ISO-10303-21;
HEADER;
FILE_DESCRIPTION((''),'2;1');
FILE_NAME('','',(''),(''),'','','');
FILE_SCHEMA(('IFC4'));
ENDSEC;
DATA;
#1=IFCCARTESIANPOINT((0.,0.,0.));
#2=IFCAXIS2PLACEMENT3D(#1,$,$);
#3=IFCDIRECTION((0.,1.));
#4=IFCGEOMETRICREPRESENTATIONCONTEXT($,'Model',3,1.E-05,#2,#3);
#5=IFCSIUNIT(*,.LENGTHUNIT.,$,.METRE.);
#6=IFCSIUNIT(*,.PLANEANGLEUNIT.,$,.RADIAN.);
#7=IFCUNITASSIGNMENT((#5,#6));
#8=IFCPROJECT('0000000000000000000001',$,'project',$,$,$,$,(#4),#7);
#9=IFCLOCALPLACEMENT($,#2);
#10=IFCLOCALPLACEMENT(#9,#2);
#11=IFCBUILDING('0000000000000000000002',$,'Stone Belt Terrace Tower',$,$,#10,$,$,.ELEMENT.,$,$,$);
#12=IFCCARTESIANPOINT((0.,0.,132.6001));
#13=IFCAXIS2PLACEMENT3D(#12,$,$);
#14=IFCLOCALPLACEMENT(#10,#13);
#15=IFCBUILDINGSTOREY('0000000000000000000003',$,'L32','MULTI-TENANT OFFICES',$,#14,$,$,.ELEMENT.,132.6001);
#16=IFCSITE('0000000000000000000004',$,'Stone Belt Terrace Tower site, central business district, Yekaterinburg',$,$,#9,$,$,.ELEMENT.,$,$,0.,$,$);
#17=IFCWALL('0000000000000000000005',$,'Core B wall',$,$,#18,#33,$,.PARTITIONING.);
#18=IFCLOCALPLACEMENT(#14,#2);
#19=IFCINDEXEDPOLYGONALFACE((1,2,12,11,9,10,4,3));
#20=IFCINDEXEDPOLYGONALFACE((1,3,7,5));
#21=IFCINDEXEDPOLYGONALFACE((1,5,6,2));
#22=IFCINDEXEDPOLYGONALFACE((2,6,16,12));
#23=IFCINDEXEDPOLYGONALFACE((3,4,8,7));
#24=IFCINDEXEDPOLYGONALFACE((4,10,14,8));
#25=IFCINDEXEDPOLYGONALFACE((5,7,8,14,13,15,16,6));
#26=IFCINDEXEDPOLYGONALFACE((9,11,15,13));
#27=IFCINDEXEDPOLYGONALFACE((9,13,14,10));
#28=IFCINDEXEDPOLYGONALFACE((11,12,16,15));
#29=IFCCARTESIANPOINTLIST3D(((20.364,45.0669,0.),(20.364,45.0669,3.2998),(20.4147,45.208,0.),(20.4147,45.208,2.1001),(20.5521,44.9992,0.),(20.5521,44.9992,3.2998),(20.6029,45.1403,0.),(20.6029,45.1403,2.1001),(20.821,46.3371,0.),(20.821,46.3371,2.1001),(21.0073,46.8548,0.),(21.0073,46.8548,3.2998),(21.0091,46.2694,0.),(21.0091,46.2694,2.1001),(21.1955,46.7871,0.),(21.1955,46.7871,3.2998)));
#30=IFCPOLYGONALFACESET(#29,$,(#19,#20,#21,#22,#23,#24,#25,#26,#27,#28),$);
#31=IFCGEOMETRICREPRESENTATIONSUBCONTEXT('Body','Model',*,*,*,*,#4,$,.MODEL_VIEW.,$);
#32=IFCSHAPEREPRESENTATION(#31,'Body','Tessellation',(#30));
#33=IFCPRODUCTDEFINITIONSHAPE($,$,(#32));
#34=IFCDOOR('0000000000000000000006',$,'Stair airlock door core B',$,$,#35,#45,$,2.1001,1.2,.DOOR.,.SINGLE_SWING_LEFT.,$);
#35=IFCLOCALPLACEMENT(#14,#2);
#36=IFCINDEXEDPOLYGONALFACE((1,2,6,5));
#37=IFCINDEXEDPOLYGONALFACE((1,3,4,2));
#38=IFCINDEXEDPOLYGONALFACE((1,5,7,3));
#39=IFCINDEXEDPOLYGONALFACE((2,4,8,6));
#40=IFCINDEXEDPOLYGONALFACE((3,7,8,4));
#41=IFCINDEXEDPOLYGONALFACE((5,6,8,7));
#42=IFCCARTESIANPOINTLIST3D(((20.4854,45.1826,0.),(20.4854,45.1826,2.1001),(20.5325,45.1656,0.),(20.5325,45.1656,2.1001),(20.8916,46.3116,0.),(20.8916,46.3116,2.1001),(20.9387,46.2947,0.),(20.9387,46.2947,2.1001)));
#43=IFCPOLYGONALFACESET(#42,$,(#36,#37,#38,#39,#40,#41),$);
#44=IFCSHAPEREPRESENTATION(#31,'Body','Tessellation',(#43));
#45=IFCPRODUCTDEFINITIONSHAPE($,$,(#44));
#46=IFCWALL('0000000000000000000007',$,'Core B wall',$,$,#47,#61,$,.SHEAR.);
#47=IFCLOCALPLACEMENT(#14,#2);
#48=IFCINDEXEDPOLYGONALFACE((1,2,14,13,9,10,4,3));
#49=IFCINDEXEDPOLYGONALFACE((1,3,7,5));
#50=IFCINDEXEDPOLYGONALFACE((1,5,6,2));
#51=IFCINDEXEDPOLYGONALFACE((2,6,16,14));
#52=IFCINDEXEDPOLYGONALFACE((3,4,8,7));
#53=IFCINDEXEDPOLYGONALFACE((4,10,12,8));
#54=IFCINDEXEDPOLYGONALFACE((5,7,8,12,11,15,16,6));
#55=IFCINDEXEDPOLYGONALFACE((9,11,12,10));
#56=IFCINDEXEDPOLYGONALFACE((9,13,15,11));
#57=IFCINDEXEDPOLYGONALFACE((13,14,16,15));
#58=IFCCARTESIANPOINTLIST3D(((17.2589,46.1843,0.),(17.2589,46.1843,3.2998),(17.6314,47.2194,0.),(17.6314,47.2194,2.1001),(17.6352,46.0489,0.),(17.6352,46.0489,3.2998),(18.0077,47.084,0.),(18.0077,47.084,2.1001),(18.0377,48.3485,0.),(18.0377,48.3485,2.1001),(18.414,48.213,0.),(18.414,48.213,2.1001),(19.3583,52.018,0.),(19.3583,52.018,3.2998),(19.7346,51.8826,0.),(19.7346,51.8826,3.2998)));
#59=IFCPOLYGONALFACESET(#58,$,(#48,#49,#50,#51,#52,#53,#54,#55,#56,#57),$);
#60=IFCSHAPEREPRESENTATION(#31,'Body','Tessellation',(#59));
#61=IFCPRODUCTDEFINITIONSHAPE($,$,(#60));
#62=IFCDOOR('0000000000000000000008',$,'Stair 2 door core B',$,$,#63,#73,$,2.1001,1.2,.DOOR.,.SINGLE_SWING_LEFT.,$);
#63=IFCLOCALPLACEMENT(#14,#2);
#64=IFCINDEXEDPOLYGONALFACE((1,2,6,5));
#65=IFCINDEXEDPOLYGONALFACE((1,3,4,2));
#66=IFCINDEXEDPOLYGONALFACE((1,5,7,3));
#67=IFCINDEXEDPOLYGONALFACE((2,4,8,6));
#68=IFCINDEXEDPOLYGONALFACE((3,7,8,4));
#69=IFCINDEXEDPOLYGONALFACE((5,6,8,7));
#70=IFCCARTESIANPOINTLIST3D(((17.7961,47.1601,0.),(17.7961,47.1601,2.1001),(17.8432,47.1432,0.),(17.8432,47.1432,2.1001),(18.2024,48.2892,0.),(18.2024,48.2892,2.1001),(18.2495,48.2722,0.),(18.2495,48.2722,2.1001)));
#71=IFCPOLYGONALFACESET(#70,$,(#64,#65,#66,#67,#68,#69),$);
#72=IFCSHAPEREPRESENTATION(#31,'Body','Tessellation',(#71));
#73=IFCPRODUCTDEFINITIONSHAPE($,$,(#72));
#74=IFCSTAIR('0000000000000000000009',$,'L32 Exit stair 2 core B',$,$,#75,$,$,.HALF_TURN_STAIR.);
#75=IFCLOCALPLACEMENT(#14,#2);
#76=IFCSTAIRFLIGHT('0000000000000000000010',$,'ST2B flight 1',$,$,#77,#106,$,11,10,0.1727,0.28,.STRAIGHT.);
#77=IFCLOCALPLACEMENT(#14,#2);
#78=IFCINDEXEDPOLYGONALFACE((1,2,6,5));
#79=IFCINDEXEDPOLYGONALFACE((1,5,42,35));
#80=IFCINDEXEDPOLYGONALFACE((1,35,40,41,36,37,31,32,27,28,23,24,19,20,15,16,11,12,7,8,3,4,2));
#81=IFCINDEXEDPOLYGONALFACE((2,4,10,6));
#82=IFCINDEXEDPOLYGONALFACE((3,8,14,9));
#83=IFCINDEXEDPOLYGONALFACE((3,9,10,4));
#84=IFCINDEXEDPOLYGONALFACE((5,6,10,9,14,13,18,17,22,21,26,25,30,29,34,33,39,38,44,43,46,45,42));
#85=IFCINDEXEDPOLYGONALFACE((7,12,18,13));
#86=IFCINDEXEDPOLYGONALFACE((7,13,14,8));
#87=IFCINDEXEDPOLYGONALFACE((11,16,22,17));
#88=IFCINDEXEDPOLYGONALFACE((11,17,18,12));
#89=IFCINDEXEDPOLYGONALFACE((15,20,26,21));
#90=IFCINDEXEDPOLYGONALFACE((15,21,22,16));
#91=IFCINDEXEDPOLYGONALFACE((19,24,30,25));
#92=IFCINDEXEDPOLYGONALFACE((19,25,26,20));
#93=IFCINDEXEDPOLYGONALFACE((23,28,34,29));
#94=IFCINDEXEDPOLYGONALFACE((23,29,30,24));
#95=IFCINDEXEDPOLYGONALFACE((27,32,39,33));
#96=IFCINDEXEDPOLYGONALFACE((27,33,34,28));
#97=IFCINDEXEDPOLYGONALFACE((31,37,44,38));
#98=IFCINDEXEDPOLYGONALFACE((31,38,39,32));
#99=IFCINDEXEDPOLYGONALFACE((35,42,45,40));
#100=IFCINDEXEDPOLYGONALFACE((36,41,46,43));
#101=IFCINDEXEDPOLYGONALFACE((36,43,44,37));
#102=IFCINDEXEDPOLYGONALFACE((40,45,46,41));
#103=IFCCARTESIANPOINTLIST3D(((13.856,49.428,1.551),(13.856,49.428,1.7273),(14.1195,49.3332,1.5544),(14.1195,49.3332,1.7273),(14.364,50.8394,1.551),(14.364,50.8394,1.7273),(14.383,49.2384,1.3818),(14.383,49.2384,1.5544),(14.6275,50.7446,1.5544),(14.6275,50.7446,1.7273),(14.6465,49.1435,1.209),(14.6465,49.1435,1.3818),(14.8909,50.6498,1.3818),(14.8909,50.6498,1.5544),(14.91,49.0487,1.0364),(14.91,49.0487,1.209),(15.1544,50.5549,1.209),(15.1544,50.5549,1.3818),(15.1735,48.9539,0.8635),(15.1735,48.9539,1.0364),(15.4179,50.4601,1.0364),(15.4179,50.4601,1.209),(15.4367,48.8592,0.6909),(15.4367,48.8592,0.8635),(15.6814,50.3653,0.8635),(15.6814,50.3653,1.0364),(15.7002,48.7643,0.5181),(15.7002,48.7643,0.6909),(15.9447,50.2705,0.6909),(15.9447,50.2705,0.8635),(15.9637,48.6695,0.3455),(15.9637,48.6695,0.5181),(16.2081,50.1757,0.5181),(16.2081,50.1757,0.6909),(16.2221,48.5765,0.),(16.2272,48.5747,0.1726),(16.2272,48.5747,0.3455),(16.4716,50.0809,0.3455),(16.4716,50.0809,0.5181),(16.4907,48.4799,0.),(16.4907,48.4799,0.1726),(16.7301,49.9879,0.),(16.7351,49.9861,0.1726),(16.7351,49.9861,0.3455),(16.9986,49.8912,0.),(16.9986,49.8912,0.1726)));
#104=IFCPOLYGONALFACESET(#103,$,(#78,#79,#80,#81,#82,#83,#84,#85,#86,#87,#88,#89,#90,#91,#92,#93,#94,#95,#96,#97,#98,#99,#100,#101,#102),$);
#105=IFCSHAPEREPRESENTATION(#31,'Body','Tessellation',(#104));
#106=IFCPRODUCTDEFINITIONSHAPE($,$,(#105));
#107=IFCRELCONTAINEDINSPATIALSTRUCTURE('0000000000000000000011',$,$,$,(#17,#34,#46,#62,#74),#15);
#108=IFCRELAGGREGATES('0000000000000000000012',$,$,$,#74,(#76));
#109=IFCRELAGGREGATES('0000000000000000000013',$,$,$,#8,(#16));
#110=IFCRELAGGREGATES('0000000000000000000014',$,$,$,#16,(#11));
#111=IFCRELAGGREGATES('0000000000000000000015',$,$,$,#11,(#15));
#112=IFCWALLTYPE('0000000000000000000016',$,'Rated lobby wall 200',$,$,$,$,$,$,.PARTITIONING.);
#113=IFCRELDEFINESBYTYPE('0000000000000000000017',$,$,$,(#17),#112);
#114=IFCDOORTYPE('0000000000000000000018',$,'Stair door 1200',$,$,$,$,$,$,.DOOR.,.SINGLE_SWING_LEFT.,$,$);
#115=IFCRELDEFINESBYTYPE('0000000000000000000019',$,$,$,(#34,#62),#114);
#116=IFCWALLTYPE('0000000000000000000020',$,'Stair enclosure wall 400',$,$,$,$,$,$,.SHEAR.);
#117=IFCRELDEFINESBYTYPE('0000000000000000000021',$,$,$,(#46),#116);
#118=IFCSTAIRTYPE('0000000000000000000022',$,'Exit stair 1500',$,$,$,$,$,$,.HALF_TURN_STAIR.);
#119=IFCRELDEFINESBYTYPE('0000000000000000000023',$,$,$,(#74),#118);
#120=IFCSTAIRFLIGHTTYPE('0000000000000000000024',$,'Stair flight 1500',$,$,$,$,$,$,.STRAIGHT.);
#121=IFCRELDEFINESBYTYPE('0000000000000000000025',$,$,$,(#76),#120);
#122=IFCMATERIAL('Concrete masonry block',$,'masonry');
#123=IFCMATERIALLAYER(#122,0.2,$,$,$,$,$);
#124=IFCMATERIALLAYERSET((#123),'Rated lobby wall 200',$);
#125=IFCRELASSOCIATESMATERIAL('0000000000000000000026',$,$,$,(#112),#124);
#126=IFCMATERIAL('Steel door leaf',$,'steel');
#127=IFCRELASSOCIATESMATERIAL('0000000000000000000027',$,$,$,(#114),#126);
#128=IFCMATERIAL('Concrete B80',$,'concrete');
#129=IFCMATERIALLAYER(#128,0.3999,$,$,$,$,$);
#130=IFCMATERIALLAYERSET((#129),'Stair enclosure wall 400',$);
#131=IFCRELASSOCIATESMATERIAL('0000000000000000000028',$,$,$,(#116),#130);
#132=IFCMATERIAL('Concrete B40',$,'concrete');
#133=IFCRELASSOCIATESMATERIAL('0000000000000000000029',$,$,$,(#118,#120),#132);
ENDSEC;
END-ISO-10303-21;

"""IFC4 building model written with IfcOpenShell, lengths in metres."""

from ifc_helpers import new_model, si_unit, direction, frame, frame_2d, origin, place, context, subcontext, project, spatial, polyline, rectangle, outline, extrude, material, layer, layer_set, type_object, element, fill, aggregate, save


model = new_model("IFC4")

# Units and contexts
model_context = context("Model", 3, precision=1e-05, world=origin(), true_north=direction((0.0, 1.0)))
body_context = subcontext(model_context, "Body", "Model", "MODEL_VIEW")
ifc_project = project(units=[si_unit("LENGTHUNIT", "METRE"), si_unit("PLANEANGLEUNIT", "RADIAN")], contexts=[model_context])

# Site, building, storey
site_placement = place(None, origin())
site = spatial("IfcSite", under=ifc_project, at=site_placement, Name="Stone Belt Terrace Tower site, central business district, Yekaterinburg", CompositionType="ELEMENT", RefElevation=0.0)
building_placement = place(site_placement, origin())
building = spatial("IfcBuilding", under=site, at=building_placement, Name="Stone Belt Terrace Tower", CompositionType="ELEMENT")
storey_placement = place(building_placement, frame((0.0, 0.0, 132.6001)))
storey = spatial("IfcBuildingStorey", under=building, at=storey_placement, Name="L32", Description="MULTI-TENANT OFFICES", CompositionType="ELEMENT", Elevation=132.6001)

# Shared definitions
ifc_material_1 = material(Name="Concrete B80", Category="concrete")

# Walls, openings, doors
ifc_material_2 = material(Name="Concrete masonry block", Category="masonry")
ifc_layer_1 = layer(ifc_material_2, 0.2)
ifc_layer_set_1 = layer_set([ifc_layer_1], Name="Rated lobby wall 200")
wall_type_1 = type_object("IfcWallType", Name="Rated lobby wall 200", PredefinedType="PARTITIONING", material=ifc_layer_set_1)
wall_1_placement = place(storey_placement, frame((20.458, 45.033, 0.0), z_axis=(0.0, 0.0, 1.0), x_axis=(0.338574, 0.94094, 0.0)))
wall_1 = element("IfcWall", 1, at=wall_1_placement, inside=storey, type_object=wall_type_1, Name="Core B wall", PredefinedType="PARTITIONING", context=body_context, shape_type="SweptSolid", body=[
    extrude(rectangle(XDim=1.9001, YDim=0.2, at=frame_2d((0.9502, 0.0))), origin(), (0.0, 0.0, 1.0), 3.2998),
])
opening_1_placement = place(wall_1_placement, frame((0.1499, 0.0, 0.0)))
opening_1 = element("IfcOpeningElement", 2, at=opening_1_placement, cuts=wall_1, PredefinedType="OPENING", context=body_context, shape_type="SweptSolid", body=[
    extrude(rectangle(XDim=1.2, YDim=2.1001, at=frame_2d((0.6001, 1.05))), frame((0.0, 0.1099, 0.0), z_axis=(0.0, -1.0, 0.0), x_axis=(1.0, 0.0, 0.0)), (0.0, 0.0, 1.0), 0.22),
])
ifc_material_3 = material(Name="Steel door leaf", Category="steel")
door_type_1 = type_object("IfcDoorType", Name="Stair door 1200", OperationType="SINGLE_SWING_LEFT", PredefinedType="DOOR", material=ifc_material_3)
door_1_placement = place(opening_1_placement, origin())
door_1 = element("IfcDoor", 3, at=door_1_placement, inside=storey, type_object=door_type_1, Name="Stair airlock door core B", OperationType="SINGLE_SWING_LEFT", OverallHeight=2.1001, OverallWidth=1.2, PredefinedType="DOOR", context=body_context, shape_type="SweptSolid", body=[
    extrude(rectangle(XDim=1.2, YDim=2.1001, at=frame_2d((0.6001, 1.05))), frame((0.0, 0.0249, 0.0), z_axis=(0.0, -1.0, 0.0), x_axis=(1.0, 0.0, 0.0)), (0.0, 0.0, 1.0), 0.05),
])
fill(opening_1, door_1)
ifc_layer_2 = layer(ifc_material_1, 0.3999)
ifc_layer_set_2 = layer_set([ifc_layer_2], Name="Stair enclosure wall 400")
wall_type_2 = type_object("IfcWallType", Name="Stair enclosure wall 400", PredefinedType="SHEAR", material=ifc_layer_set_2)
wall_2_placement = place(storey_placement, frame((17.447, 46.1165, 0.0), z_axis=(0.0, 0.0, 1.0), x_axis=(0.338608, 0.940928, 0.0)))
wall_2 = element("IfcWall", 4, at=wall_2_placement, inside=storey, type_object=wall_type_2, Name="Core B wall", PredefinedType="SHEAR", context=body_context, shape_type="SweptSolid", body=[
    extrude(rectangle(XDim=6.2, YDim=0.3999, at=frame_2d((3.1001, 0.0))), origin(), (0.0, 0.0, 1.0), 3.2998),
])
opening_2_placement = place(wall_2_placement, frame((1.1001, 0.0, 0.0)))
opening_2 = element("IfcOpeningElement", 5, at=opening_2_placement, cuts=wall_2, PredefinedType="OPENING", context=body_context, shape_type="SweptSolid", body=[
    extrude(rectangle(XDim=1.2, YDim=2.1001, at=frame_2d((0.6001, 1.05))), frame((0.0, 0.21, 0.0), z_axis=(0.0, -1.0, 0.0), x_axis=(1.0, 0.0, 0.0)), (0.0, 0.0, 1.0), 0.4199),
])
door_2_placement = place(opening_2_placement, origin())
door_2 = element("IfcDoor", 6, at=door_2_placement, inside=storey, type_object=door_type_1, Name="Stair 2 door core B", OperationType="SINGLE_SWING_LEFT", OverallHeight=2.1001, OverallWidth=1.2, PredefinedType="DOOR", context=body_context, shape_type="SweptSolid", body=[
    extrude(rectangle(XDim=1.2, YDim=2.1001, at=frame_2d((0.6001, 1.05))), frame((0.0, 0.0249, 0.0), z_axis=(0.0, -1.0, 0.0), x_axis=(1.0, 0.0, 0.0)), (0.0, 0.0, 1.0), 0.05),
])
fill(opening_2, door_2)

# Stair, stair flight
ifc_material_4 = material(Name="Concrete B40", Category="concrete")
stair_type = type_object("IfcStairType", Name="Exit stair 1500", PredefinedType="HALF_TURN_STAIR", material=ifc_material_4)
stair_placement = place(storey_placement, origin())
stair = element("IfcStair", 7, at=stair_placement, inside=storey, type_object=stair_type, Name="L32 Exit stair 2 core B", PredefinedType="HALF_TURN_STAIR")
stair_flight_type = type_object("IfcStairFlightType", Name="Stair flight 1500", PredefinedType="STRAIGHT", material=ifc_material_4)
stair_flight_placement = place(storey_placement, frame((16.7446, 49.1855, 0.0), z_axis=(0.0, 0.0, 1.0), x_axis=(-0.940922, 0.338624, 0.0)))
stair_flight = element("IfcStairFlight", 8, at=stair_flight_placement, type_object=stair_flight_type, Name="ST2B flight 1", NumberOfRisers=11, NumberOfTreads=10, PredefinedType="STRAIGHT", RiserHeight=0.1727, TreadLength=0.28, context=body_context, shape_type="SweptSolid", body=[
    extrude(outline(polyline([(0.0, 0.0), (0.0, 0.1726), (0.28, 0.1726), (0.28, 0.3455), (0.5601, 0.3455), (0.5601, 0.5181), (0.8401, 0.5181), (0.8401, 0.6909), (1.1201, 0.6909), (1.1201, 0.8635), (1.3999, 0.8635), (1.3999, 1.0364), (1.6799, 1.0364), (1.6799, 1.209), (1.96, 1.209), (1.96, 1.3818), (2.24, 1.3818), (2.24, 1.5544), (2.52, 1.5544), (2.52, 1.7273), (2.8, 1.7273), (2.8, 1.8999), (2.8, 1.551), (0.2854, 0.0), (0.0, 0.0)])), frame((0.0, 0.75, 0.0), z_axis=(0.0, -1.0, 0.0), x_axis=(1.0, 0.0, 0.0)), (0.0, 0.0, 1.0), 1.5),
])
aggregate(stair, [stair_flight])

save(model, "model.ifc")
